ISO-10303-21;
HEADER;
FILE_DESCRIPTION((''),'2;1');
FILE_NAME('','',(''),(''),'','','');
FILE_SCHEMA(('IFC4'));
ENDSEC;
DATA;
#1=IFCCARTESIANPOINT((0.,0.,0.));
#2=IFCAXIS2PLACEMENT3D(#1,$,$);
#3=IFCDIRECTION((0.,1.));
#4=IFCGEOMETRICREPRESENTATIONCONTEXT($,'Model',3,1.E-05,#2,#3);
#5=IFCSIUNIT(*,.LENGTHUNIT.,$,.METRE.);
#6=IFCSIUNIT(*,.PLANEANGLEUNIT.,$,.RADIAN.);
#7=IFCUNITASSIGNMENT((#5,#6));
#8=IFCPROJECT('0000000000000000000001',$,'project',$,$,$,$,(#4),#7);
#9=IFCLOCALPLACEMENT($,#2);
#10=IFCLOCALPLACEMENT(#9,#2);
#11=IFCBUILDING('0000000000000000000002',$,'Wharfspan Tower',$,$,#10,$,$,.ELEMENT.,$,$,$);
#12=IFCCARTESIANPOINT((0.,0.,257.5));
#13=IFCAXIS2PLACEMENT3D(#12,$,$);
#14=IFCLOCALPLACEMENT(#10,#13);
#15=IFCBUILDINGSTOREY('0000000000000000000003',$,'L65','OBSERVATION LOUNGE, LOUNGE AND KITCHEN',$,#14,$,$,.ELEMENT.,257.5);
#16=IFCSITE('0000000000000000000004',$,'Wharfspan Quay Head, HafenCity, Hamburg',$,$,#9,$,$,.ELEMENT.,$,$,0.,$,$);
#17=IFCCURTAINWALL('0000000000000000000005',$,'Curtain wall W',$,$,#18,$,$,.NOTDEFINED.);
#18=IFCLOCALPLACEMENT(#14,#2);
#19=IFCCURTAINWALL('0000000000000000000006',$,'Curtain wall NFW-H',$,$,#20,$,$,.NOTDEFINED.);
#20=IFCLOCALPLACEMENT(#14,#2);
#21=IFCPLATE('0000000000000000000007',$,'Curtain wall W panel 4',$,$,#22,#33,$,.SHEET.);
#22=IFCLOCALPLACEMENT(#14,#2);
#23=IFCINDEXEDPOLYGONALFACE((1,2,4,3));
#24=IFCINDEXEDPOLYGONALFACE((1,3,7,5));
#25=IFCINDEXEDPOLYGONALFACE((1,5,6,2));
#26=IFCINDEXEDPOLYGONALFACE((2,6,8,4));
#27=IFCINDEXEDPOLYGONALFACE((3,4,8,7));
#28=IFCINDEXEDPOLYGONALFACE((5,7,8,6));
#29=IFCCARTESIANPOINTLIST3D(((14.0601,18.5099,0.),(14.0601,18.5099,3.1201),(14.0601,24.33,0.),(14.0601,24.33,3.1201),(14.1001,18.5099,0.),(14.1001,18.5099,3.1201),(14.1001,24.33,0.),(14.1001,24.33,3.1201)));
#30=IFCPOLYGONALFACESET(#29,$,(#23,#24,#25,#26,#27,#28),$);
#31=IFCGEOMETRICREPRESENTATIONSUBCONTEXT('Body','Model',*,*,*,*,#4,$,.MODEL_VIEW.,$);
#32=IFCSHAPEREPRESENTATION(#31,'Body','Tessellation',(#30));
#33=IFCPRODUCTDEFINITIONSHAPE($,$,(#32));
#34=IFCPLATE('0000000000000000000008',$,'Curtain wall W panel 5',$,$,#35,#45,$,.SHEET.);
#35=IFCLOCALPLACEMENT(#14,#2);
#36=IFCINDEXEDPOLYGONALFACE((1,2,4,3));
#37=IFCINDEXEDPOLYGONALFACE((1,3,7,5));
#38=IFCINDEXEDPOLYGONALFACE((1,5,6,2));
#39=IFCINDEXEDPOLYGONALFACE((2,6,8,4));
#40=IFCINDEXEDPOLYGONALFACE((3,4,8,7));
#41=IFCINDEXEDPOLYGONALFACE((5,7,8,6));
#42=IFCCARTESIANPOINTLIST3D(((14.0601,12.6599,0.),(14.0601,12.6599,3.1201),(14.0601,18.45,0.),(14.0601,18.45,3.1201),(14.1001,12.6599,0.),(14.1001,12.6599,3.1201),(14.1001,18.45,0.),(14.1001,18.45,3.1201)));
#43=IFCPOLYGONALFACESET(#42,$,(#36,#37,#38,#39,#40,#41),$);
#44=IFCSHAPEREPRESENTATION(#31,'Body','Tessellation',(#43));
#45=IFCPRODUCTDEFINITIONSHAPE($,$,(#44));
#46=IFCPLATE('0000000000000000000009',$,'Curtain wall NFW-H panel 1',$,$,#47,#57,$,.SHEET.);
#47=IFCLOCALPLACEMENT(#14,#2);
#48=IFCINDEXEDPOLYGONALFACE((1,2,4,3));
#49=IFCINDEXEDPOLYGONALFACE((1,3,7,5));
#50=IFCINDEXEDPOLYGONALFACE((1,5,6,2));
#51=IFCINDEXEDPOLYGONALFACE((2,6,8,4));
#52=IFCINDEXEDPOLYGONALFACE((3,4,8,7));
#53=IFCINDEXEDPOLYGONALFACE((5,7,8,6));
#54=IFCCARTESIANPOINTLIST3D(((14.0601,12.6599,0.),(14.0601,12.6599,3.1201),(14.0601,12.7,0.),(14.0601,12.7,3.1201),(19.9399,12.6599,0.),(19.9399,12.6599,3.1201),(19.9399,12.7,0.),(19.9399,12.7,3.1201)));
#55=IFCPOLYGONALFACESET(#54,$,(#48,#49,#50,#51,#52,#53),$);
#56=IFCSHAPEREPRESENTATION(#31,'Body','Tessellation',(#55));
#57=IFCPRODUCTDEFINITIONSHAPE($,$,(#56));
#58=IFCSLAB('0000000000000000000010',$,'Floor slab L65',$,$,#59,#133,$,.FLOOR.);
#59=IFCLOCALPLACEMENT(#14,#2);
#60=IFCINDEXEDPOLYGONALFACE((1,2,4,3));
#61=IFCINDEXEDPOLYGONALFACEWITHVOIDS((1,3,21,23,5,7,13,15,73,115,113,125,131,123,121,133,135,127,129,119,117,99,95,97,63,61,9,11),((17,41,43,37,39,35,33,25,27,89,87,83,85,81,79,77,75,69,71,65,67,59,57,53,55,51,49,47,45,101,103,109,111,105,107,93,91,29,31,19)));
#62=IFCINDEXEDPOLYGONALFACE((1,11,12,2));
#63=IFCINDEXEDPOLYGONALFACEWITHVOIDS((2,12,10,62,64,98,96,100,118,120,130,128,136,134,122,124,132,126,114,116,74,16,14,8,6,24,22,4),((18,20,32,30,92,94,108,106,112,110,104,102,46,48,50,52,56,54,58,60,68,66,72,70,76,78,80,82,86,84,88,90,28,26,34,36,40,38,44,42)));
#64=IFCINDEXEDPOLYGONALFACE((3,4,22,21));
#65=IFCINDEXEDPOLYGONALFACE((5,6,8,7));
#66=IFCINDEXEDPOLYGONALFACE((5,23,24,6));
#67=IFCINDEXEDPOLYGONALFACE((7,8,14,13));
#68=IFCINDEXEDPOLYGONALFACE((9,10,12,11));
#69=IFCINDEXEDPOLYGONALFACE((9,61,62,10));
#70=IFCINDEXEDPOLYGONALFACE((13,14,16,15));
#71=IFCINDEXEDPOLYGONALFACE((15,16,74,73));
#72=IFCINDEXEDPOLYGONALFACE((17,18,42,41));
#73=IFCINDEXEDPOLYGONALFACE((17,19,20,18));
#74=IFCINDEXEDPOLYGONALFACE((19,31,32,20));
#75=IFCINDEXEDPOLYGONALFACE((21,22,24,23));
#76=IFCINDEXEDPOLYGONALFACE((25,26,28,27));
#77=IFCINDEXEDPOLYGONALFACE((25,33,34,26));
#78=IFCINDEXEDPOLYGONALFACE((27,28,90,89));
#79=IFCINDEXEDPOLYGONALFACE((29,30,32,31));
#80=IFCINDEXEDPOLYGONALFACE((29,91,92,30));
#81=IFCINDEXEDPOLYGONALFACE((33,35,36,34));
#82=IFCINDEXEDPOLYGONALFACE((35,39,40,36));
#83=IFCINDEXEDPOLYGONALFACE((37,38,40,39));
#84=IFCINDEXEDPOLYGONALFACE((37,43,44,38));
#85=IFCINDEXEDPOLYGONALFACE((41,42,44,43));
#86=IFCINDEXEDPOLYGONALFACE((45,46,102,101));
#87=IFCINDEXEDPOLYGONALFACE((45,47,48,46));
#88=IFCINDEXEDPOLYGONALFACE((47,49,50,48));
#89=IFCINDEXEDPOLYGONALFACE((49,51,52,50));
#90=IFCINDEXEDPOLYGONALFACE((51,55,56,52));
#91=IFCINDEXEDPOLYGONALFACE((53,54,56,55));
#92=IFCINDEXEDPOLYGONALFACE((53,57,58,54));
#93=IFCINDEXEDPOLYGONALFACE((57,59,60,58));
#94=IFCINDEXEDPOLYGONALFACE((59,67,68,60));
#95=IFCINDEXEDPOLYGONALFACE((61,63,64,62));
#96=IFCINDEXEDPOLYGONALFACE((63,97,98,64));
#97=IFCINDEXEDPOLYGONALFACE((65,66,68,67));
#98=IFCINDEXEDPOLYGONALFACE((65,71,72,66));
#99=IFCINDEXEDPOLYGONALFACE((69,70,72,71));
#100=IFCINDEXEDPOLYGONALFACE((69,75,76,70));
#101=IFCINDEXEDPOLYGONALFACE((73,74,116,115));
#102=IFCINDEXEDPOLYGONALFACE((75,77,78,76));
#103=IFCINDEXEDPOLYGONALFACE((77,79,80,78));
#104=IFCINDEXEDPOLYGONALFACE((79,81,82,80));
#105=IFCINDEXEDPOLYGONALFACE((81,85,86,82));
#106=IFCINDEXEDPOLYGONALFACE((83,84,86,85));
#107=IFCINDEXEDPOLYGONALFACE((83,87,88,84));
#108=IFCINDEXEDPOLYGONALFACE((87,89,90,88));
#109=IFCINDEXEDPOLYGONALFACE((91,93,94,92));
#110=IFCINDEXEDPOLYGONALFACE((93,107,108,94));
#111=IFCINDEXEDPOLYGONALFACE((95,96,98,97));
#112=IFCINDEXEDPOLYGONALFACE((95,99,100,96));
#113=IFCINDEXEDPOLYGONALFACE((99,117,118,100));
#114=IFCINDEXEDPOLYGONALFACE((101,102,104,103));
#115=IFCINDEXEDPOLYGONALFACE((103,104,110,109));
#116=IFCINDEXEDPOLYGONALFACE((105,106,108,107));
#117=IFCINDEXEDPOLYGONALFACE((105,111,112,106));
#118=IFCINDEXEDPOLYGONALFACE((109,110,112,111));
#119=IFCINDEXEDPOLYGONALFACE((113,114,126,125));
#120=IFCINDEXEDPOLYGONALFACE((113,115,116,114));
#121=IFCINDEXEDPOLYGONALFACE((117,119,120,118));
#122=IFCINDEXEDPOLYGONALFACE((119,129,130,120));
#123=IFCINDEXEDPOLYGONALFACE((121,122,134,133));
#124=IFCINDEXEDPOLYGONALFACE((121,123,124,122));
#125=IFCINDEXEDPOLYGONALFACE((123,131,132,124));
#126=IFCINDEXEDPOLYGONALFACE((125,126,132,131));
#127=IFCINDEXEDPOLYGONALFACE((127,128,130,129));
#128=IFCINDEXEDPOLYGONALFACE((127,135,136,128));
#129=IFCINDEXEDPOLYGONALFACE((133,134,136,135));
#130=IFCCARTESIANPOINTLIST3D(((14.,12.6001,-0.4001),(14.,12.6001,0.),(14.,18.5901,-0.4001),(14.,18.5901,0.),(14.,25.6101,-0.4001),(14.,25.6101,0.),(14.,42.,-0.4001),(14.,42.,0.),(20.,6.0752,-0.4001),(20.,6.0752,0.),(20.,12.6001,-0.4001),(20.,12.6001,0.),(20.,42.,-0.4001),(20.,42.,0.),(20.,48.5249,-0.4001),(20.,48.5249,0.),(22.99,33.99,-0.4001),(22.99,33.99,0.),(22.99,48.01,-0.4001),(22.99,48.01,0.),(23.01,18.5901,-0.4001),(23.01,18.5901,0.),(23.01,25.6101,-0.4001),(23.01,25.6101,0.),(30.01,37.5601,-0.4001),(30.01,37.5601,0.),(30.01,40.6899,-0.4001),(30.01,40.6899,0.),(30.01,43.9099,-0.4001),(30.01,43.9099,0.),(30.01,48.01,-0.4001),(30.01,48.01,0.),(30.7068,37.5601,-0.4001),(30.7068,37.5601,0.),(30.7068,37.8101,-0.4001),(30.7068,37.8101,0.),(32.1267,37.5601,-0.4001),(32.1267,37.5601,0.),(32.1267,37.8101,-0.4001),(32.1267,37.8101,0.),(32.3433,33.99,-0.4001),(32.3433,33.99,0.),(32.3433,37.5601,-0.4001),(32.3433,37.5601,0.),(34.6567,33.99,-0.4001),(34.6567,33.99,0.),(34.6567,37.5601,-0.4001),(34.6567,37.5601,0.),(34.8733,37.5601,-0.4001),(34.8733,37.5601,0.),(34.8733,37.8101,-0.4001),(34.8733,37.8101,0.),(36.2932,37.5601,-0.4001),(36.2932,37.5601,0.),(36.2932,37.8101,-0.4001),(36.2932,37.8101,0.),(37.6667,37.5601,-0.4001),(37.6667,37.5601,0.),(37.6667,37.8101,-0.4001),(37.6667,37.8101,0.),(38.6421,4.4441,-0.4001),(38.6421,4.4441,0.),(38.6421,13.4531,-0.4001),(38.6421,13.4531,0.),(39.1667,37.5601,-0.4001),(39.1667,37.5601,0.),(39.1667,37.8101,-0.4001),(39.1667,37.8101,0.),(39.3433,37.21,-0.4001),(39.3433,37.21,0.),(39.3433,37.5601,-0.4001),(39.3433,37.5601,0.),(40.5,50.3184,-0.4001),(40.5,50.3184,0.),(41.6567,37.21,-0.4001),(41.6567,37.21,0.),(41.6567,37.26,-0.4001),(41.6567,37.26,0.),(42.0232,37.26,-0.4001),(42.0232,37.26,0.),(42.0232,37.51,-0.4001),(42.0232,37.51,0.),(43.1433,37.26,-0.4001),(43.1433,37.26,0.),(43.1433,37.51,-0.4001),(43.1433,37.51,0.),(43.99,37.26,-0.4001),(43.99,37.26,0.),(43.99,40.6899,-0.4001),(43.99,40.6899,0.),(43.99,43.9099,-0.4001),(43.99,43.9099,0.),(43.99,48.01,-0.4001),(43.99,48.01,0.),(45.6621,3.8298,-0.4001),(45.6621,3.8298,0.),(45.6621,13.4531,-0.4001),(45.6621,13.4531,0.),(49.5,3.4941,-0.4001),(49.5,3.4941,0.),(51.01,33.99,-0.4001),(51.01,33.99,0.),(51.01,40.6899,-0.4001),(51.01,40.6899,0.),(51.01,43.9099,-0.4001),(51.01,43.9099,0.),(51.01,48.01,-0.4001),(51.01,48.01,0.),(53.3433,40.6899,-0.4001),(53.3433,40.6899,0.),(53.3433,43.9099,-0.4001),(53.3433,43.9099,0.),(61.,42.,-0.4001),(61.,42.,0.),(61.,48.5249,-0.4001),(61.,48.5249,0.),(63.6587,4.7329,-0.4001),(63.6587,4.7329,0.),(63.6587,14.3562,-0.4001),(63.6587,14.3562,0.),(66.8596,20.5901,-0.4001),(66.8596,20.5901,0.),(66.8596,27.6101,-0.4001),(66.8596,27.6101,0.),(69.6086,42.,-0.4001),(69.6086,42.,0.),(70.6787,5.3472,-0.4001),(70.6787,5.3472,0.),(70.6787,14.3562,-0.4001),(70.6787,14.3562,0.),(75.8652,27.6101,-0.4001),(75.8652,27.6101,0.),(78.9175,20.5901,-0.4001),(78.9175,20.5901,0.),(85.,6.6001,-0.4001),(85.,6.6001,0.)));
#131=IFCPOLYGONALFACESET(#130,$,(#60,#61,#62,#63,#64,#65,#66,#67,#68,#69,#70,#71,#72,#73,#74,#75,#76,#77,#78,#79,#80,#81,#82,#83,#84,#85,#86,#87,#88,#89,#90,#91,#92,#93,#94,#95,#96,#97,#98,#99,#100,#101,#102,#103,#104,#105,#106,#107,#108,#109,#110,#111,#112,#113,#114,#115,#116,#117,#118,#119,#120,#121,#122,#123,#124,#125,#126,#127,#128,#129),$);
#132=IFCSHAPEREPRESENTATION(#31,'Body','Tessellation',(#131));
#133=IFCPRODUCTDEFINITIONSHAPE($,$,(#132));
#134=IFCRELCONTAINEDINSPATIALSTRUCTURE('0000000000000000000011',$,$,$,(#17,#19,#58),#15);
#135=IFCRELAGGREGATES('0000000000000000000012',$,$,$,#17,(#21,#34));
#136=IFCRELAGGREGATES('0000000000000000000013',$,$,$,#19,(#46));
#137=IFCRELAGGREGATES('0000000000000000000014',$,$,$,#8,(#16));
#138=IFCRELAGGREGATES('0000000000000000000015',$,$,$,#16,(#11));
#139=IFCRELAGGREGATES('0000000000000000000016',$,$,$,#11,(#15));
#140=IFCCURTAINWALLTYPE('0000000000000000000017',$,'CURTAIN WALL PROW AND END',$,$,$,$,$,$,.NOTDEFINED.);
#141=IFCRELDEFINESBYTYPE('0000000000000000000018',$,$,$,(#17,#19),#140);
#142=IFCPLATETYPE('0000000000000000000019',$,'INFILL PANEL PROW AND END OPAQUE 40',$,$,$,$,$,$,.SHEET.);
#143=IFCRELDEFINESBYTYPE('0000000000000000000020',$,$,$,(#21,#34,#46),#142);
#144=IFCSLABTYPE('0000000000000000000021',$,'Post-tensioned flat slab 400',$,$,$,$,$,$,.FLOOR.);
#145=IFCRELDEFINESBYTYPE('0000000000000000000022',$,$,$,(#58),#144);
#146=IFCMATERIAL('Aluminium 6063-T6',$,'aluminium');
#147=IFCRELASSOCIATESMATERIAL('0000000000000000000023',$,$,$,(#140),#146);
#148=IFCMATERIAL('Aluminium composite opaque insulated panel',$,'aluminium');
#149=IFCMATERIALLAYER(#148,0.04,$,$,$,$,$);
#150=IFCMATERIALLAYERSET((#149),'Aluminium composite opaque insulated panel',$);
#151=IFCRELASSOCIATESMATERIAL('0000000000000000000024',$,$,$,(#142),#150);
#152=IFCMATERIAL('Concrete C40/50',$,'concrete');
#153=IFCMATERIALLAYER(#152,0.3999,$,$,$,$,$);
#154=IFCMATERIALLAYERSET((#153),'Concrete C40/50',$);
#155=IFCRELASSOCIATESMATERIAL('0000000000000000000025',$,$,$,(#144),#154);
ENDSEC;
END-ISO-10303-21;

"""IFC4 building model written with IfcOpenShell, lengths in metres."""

from ifc_helpers import new_model, si_unit, direction, frame, origin, origin_2d, place, context, subcontext, project, spatial, polyline, rectangle, outline, extrude, material, layer, layer_set, type_object, element, aggregate, save


model = new_model("IFC4")

# Units and contexts
model_context = context("Model", 3, precision=1e-05, world=origin(), true_north=direction((0.0, 1.0)))
body_context = subcontext(model_context, "Body", "Model", "MODEL_VIEW")
ifc_project = project(units=[si_unit("LENGTHUNIT", "METRE"), si_unit("PLANEANGLEUNIT", "RADIAN")], contexts=[model_context])

# Site, building, storey
site_placement = place(None, origin())
site = spatial("IfcSite", under=ifc_project, at=site_placement, Name="Wharfspan Quay Head, HafenCity, Hamburg", CompositionType="ELEMENT", RefElevation=0.0)
building_placement = place(site_placement, origin())
building = spatial("IfcBuilding", under=site, at=building_placement, Name="Wharfspan Tower", CompositionType="ELEMENT")
storey_placement = place(building_placement, frame((0.0, 0.0, 257.5)))
storey = spatial("IfcBuildingStorey", under=building, at=storey_placement, Name="L65", Description="OBSERVATION LOUNGE, LOUNGE AND KITCHEN", CompositionType="ELEMENT", Elevation=257.5)

# Shared definitions
ifc_material_1 = material(Name="Aluminium 6063-T6", Category="aluminium")

# Curtain walls
curtain_wall_type_1 = type_object("IfcCurtainWallType", Name="CURTAIN WALL PROW AND END", PredefinedType="NOTDEFINED", material=ifc_material_1)
curtain_wall_1_placement = place(storey_placement, origin())
curtain_wall_1 = element("IfcCurtainWall", 1, at=curtain_wall_1_placement, inside=storey, type_object=curtain_wall_type_1, Name="Curtain wall W", PredefinedType="NOTDEFINED")
curtain_wall_2_placement = place(storey_placement, origin())
curtain_wall_2 = element("IfcCurtainWall", 2, at=curtain_wall_2_placement, inside=storey, type_object=curtain_wall_type_1, Name="Curtain wall NFW-H", PredefinedType="NOTDEFINED")

# Plates
ifc_material_2 = material(Name="Aluminium composite opaque insulated panel", Category="aluminium")
ifc_layer_1 = layer(ifc_material_2, 0.04)
ifc_layer_set_1 = layer_set([ifc_layer_1], Name="Aluminium composite opaque insulated panel")
plate_type = type_object("IfcPlateType", Name="INFILL PANEL PROW AND END OPAQUE 40", PredefinedType="SHEET", material=ifc_layer_set_1)
plate_1_placement = place(storey_placement, frame((14.0801, 21.4199, 0.0), z_axis=(0.0, 0.0, 1.0), x_axis=(0.0, -1.0, 0.0)))
plate_1 = element("IfcPlate", 3, at=plate_1_placement, type_object=plate_type, Name="Curtain wall W panel 4", PredefinedType="SHEET", context=body_context, shape_type="SweptSolid", body=[
    extrude(rectangle(XDim=5.8201, YDim=0.04, at=origin_2d()), origin(), (0.0, 0.0, 1.0), 3.1201),
])
plate_2_placement = place(storey_placement, frame((14.0801, 15.5549, 0.0), z_axis=(0.0, 0.0, 1.0), x_axis=(0.0, -1.0, 0.0)))
plate_2 = element("IfcPlate", 4, at=plate_2_placement, type_object=plate_type, Name="Curtain wall W panel 5", PredefinedType="SHEET", context=body_context, shape_type="SweptSolid", body=[
    extrude(rectangle(XDim=5.79, YDim=0.04, at=origin_2d()), origin(), (0.0, 0.0, 1.0), 3.1201),
])
aggregate(curtain_wall_1, [plate_1, plate_2])
plate_3_placement = place(storey_placement, frame((17.0, 12.6799, 0.0), z_axis=(0.0, 0.0, 1.0), x_axis=(1.0, 0.0, 0.0)))
plate_3 = element("IfcPlate", 5, at=plate_3_placement, type_object=plate_type, Name="Curtain wall NFW-H panel 1", PredefinedType="SHEET", context=body_context, shape_type="SweptSolid", body=[
    extrude(rectangle(XDim=5.8799, YDim=0.04, at=origin_2d()), origin(), (0.0, 0.0, 1.0), 3.1201),
])
aggregate(curtain_wall_2, [plate_3])

# Slab
ifc_material_3 = material(Name="Concrete C40/50", Category="concrete")
ifc_layer_2 = layer(ifc_material_3, 0.3999)
ifc_layer_set_2 = layer_set([ifc_layer_2], Name="Concrete C40/50")
slab_type_1 = type_object("IfcSlabType", Name="Post-tensioned flat slab 400", PredefinedType="FLOOR", material=ifc_layer_set_2)
slab_1_placement = place(storey_placement, frame((0.0, 0.0, -0.4001)))
element("IfcSlab", 6, at=slab_1_placement, inside=storey, type_object=slab_type_1, Name="Floor slab L65", PredefinedType="FLOOR", context=body_context, shape_type="SweptSolid", body=[
    extrude(outline(polyline([(38.6421, 4.4441), (38.6421, 13.4531), (45.6621, 13.4531), (45.6621, 3.8298), (49.5, 3.4941), (63.6587, 4.7329), (63.6587, 14.3562), (70.6787, 14.3562), (70.6787, 5.3472), (85.0, 6.6001), (78.9175, 20.5901), (66.8596, 20.5901), (66.8596, 27.6101), (75.8652, 27.6101), (69.6086, 42.0), (61.0, 42.0), (61.0, 48.5249), (40.5, 50.3184), (20.0, 48.5249), (20.0, 42.0), (14.0, 42.0), (14.0, 25.6101), (23.01, 25.6101), (23.01, 18.5901), (14.0, 18.5901), (14.0, 12.6001), (20.0, 12.6001), (20.0, 6.0752), (38.6421, 4.4441)]), holes=[polyline([(32.1267, 37.5601), (32.3433, 37.5601), (32.3433, 33.99), (22.99, 33.99), (22.99, 48.01), (30.01, 48.01), (30.01, 43.9099), (43.99, 43.9099), (43.99, 48.01), (51.01, 48.01), (51.01, 43.9099), (53.3433, 43.9099), (53.3433, 40.6899), (51.01, 40.6899), (51.01, 33.99), (34.6567, 33.99), (34.6567, 37.5601), (34.8733, 37.5601), (34.8733, 37.8101), (36.2932, 37.8101), (36.2932, 37.5601), (37.6667, 37.5601), (37.6667, 37.8101), (39.1667, 37.8101), (39.1667, 37.5601), (39.3433, 37.5601), (39.3433, 37.21), (41.6567, 37.21), (41.6567, 37.26), (42.0232, 37.26), (42.0232, 37.51), (43.1433, 37.51), (43.1433, 37.26), (43.99, 37.26), (43.99, 40.6899), (30.01, 40.6899), (30.01, 37.5601), (30.7068, 37.5601), (30.7068, 37.8101), (32.1267, 37.8101), (32.1267, 37.5601)])]), origin(), (0.0, 0.0, 1.0), 0.4001),
])

save(model, "model.ifc")
